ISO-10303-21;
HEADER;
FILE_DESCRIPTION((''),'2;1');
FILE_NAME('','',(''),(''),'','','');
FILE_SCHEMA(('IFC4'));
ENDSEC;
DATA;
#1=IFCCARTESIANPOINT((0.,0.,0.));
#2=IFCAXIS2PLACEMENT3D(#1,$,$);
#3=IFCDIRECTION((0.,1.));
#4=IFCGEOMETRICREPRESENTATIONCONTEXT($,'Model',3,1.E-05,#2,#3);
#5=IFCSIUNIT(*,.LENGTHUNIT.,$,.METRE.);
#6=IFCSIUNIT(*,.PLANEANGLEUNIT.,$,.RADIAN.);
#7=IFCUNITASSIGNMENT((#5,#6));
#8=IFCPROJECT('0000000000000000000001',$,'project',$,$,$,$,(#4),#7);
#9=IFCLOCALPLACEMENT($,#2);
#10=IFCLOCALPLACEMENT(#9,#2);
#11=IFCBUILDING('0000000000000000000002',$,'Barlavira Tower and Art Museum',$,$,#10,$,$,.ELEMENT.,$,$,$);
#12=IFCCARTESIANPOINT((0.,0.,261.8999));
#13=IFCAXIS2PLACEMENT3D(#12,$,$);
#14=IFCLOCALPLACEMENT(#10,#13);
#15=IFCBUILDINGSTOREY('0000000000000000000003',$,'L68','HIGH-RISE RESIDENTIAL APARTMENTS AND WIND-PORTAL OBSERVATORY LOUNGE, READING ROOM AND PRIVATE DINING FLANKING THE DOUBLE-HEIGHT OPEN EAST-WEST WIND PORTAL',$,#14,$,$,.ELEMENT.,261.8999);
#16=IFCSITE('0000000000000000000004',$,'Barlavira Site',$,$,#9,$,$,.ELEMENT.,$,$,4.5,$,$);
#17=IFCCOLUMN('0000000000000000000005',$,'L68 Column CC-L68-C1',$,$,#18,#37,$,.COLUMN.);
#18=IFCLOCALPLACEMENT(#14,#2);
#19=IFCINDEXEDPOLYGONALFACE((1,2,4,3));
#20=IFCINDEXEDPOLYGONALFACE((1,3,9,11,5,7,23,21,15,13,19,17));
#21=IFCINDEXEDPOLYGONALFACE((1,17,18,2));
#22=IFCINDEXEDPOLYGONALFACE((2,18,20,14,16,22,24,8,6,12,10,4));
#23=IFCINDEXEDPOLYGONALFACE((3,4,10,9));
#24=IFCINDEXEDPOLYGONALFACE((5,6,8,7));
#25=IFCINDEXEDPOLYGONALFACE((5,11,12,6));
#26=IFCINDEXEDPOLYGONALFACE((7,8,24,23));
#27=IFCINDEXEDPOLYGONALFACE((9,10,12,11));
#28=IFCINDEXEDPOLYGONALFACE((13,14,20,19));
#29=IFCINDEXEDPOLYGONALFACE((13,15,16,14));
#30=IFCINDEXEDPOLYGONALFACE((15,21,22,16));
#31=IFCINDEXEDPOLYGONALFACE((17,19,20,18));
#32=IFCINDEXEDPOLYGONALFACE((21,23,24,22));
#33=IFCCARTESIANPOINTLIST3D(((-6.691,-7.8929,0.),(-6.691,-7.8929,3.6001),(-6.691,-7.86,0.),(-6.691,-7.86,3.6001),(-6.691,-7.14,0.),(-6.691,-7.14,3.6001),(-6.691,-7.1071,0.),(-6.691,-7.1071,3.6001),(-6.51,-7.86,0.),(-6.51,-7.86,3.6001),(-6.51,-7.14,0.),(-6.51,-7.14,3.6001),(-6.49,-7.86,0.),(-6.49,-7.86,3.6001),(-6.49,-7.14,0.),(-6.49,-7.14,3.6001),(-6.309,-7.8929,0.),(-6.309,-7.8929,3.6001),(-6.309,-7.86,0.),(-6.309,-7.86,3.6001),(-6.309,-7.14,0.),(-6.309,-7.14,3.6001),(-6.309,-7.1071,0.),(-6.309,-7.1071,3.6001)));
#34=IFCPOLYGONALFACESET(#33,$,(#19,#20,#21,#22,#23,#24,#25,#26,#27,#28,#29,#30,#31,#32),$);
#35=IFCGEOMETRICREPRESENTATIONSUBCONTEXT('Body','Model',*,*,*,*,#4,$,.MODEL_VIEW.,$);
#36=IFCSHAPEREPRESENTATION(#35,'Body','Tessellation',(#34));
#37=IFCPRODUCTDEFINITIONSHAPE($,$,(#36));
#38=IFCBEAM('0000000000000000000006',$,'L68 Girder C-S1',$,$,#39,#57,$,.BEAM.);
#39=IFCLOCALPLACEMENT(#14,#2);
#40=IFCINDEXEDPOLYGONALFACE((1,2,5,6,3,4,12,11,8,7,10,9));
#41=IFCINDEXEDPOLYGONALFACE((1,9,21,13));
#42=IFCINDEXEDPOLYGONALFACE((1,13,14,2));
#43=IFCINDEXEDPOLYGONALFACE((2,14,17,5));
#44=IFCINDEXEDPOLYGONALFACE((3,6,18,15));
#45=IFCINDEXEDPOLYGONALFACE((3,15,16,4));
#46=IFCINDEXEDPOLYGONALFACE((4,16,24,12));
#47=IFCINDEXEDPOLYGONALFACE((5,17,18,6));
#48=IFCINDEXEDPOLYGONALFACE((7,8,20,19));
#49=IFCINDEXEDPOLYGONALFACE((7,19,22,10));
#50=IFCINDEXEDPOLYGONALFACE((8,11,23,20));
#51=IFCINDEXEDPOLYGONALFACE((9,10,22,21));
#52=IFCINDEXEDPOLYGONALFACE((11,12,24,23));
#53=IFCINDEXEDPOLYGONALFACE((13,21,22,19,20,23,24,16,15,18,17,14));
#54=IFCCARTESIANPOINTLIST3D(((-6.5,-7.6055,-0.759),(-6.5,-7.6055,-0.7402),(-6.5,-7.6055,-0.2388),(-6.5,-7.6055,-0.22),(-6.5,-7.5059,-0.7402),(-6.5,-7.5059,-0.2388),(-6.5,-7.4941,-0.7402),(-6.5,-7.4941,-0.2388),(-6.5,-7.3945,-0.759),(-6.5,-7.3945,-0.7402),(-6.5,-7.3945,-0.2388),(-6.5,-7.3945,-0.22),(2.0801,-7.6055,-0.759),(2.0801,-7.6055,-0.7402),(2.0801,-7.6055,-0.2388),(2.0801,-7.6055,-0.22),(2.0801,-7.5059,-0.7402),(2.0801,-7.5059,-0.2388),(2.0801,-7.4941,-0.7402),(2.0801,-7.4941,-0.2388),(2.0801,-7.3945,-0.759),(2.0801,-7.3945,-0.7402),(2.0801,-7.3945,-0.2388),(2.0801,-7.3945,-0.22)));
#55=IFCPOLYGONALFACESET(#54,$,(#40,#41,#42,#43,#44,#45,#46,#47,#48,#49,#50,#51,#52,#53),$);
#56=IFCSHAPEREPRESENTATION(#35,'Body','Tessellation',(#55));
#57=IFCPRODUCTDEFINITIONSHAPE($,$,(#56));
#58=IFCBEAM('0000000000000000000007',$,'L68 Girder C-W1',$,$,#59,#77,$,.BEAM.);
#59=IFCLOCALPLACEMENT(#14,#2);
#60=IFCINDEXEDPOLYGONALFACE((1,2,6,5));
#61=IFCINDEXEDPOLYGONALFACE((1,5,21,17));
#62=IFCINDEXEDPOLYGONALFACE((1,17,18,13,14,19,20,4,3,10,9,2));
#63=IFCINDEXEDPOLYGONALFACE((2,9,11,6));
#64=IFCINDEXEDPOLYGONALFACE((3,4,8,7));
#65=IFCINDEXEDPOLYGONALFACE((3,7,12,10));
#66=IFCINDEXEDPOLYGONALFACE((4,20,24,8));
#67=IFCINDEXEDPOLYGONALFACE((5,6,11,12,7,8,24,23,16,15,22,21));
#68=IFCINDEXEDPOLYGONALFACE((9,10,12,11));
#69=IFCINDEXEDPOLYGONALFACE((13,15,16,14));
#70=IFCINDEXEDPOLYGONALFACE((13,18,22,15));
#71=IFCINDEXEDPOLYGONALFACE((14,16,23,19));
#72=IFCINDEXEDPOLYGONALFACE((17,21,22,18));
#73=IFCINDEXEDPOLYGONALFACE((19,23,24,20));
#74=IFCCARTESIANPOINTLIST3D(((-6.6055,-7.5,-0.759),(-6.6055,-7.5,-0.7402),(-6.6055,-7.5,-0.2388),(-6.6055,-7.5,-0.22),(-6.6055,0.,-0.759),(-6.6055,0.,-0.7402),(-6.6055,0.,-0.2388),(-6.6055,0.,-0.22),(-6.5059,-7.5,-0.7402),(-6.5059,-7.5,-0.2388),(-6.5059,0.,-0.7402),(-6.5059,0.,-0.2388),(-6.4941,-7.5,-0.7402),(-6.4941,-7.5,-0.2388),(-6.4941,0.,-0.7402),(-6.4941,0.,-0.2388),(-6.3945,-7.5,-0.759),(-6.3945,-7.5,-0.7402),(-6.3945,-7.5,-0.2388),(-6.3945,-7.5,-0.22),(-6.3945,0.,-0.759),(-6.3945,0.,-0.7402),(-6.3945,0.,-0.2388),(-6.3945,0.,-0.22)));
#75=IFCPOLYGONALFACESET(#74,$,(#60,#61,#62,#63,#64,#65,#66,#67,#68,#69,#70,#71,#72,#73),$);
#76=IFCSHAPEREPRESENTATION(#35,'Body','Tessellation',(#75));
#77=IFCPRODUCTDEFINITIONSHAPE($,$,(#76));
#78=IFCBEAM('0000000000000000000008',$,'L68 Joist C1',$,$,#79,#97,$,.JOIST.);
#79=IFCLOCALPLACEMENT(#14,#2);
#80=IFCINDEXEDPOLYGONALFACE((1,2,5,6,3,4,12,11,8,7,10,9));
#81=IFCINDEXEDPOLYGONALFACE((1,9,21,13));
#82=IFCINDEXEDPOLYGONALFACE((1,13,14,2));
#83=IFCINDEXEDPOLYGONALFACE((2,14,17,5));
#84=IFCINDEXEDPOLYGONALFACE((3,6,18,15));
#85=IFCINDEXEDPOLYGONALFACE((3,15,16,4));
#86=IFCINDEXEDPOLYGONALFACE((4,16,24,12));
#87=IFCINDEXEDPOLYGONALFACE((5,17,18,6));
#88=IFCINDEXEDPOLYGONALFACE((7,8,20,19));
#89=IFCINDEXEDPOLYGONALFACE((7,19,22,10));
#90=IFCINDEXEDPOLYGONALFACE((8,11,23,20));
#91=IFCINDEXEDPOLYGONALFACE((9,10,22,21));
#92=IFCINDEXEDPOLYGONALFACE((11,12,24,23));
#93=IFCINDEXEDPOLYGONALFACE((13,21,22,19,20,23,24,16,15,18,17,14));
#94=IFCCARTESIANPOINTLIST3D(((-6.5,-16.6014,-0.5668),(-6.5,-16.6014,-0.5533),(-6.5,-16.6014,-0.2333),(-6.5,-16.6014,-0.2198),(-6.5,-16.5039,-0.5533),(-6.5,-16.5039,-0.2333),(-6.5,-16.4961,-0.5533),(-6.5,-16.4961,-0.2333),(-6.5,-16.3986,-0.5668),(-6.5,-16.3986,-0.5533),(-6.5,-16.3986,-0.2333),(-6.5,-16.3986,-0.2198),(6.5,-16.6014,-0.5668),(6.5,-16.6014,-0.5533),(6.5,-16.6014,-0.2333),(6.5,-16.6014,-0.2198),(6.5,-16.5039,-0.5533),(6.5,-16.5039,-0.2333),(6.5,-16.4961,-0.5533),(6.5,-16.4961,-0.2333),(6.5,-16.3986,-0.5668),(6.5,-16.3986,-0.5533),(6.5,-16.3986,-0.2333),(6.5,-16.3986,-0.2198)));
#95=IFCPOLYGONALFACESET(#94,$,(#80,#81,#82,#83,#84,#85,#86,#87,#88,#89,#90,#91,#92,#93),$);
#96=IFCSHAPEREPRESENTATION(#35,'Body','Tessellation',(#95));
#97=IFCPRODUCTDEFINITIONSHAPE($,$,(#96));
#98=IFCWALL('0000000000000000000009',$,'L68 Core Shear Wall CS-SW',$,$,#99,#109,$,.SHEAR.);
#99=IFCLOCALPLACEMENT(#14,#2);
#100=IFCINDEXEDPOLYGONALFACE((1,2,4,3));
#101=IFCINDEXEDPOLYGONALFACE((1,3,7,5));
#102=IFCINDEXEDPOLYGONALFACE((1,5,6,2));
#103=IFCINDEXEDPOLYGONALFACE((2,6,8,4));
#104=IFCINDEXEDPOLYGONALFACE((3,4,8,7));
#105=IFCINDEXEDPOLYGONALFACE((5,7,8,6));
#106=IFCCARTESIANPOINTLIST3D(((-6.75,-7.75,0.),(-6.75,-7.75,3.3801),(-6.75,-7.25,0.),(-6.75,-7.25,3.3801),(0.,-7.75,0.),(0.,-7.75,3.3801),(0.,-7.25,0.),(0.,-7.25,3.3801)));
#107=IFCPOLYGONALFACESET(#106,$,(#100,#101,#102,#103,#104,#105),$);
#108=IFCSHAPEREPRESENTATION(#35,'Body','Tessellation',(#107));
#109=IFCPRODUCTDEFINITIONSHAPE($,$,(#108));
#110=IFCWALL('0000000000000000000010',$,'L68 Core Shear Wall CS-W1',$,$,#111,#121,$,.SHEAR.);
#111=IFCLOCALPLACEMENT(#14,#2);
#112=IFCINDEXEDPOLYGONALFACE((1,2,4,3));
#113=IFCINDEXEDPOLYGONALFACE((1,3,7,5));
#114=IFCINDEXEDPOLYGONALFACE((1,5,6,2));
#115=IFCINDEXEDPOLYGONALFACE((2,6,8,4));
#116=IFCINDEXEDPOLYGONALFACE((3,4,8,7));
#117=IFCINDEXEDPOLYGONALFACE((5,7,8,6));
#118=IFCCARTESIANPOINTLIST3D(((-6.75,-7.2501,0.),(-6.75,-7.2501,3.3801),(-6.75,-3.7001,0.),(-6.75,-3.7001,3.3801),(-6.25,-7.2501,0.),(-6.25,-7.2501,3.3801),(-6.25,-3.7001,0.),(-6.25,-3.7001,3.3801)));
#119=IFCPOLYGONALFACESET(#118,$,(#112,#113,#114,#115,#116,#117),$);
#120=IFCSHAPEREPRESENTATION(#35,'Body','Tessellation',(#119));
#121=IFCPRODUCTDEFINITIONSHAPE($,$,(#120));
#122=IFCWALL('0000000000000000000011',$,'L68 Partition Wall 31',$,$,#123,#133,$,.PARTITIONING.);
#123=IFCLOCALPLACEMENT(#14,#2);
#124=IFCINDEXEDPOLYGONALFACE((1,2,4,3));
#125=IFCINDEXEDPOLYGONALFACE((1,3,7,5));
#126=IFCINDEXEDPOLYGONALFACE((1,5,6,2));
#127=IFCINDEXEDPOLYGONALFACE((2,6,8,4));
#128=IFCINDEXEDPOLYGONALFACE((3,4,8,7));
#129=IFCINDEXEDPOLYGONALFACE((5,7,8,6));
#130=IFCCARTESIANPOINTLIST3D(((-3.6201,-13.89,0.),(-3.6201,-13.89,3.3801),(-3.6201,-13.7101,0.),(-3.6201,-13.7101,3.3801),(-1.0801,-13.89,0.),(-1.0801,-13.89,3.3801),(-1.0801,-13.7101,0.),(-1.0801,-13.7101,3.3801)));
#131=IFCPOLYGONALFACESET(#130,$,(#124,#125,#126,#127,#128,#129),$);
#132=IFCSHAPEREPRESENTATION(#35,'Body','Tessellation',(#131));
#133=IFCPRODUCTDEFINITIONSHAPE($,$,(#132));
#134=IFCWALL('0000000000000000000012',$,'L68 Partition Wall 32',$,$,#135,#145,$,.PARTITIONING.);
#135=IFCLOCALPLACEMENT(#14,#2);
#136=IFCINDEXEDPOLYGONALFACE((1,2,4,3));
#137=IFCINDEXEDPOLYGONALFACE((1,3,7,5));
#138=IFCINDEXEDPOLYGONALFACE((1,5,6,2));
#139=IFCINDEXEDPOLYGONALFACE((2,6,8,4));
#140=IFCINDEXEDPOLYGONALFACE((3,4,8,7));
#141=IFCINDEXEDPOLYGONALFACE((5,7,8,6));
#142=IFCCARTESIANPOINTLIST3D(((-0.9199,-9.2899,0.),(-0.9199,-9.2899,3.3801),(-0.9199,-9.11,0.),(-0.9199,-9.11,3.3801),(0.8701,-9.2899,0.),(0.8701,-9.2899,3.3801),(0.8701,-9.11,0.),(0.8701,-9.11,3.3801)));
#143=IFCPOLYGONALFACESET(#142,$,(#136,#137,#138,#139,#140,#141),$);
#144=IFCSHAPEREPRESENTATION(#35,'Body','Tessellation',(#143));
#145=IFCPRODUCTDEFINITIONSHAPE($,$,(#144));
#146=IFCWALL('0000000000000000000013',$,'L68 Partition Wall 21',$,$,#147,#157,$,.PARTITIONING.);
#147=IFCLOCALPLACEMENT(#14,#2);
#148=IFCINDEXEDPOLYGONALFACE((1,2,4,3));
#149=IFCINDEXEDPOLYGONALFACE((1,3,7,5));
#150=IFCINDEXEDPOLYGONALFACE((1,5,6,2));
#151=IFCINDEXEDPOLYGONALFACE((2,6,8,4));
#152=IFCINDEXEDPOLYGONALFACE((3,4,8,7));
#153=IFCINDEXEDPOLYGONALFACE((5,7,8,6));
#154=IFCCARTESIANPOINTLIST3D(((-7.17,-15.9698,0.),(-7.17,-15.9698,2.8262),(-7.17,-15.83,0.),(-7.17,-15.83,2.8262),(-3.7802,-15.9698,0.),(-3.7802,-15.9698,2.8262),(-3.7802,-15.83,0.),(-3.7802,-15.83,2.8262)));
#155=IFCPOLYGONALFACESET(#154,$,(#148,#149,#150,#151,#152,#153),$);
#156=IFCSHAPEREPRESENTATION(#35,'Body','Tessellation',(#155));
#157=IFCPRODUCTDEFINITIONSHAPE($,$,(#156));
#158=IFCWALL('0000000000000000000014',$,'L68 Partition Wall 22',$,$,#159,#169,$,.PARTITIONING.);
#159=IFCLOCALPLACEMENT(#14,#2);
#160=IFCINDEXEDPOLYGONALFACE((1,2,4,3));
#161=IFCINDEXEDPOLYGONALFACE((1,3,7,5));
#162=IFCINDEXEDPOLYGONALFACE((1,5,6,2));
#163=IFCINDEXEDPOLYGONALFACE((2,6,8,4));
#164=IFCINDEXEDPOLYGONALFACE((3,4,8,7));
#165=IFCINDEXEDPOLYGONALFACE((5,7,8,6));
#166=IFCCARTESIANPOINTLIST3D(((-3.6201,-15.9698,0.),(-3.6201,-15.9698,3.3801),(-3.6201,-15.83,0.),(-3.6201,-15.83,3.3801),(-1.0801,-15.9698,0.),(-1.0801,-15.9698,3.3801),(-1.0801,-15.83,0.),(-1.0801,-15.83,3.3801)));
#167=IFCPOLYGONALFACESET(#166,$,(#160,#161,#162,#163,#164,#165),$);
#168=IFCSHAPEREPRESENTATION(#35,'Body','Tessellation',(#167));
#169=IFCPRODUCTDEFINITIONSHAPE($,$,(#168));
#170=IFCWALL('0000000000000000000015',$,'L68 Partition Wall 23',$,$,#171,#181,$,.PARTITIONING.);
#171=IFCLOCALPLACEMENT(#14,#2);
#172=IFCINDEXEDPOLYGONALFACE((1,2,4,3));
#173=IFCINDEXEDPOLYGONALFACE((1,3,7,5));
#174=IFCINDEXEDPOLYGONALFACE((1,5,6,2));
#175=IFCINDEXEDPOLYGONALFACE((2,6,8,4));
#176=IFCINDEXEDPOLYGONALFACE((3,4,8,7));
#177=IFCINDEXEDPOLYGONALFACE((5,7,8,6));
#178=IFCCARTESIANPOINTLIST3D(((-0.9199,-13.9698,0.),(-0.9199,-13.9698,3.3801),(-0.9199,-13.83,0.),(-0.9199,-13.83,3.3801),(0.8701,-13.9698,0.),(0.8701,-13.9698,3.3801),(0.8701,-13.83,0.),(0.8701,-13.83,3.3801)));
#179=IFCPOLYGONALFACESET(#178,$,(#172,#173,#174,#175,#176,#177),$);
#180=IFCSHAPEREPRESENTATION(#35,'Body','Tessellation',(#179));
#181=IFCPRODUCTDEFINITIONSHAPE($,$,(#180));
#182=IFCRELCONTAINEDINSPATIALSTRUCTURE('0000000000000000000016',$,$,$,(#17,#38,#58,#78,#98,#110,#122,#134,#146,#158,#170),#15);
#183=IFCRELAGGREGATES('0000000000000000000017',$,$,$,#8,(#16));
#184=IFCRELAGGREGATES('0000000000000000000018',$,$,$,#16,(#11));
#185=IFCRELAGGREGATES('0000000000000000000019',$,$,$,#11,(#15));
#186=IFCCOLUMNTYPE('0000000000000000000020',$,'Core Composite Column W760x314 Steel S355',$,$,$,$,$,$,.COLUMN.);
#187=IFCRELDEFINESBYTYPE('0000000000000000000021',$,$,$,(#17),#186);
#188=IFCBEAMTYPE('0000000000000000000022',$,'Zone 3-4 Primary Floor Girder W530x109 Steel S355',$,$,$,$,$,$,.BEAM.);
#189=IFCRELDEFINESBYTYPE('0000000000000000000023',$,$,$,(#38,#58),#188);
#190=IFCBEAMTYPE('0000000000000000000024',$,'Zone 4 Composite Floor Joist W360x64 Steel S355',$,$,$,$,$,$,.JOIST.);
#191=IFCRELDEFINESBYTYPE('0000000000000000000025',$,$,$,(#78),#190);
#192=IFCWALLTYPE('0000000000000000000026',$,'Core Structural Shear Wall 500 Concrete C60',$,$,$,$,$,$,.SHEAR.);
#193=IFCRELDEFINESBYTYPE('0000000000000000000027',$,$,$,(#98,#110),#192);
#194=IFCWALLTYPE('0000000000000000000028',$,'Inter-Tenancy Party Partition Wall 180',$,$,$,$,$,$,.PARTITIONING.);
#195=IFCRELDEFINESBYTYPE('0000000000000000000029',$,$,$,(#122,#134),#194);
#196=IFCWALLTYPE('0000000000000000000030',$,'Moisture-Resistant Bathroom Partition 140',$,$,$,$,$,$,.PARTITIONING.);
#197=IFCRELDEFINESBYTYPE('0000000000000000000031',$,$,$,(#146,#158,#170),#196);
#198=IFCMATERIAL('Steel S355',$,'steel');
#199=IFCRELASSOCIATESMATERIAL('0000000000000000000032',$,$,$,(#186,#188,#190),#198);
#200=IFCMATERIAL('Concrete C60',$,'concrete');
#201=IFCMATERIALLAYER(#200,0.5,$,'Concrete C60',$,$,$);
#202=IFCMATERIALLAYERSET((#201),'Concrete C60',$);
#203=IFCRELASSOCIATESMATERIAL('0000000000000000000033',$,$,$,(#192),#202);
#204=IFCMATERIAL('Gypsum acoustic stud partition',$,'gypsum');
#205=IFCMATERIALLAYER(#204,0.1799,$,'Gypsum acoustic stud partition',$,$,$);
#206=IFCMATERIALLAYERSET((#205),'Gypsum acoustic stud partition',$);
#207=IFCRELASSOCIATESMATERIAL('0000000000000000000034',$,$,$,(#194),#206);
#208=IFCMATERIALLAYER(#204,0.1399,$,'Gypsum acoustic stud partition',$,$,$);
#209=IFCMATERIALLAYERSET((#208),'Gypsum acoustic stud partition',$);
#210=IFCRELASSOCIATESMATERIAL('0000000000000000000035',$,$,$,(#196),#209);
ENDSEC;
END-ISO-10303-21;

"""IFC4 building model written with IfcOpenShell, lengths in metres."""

from ifc_helpers import new_model, si_unit, direction, frame, frame_2d, origin, origin_2d, place, context, subcontext, project, spatial, rectangle, i_section, extrude, material, layer, layer_set, material_profile, profile_set, type_object, element, save


model = new_model("IFC4")

# Units and contexts
model_context = context("Model", 3, precision=1e-05, world=origin(), true_north=direction((0.0, 1.0)))
body_context = subcontext(model_context, "Body", "Model", "MODEL_VIEW")
ifc_project = project(units=[si_unit("LENGTHUNIT", "METRE"), si_unit("PLANEANGLEUNIT", "RADIAN")], contexts=[model_context])

# Site, building, storey
site_placement = place(None, origin())
site = spatial("IfcSite", under=ifc_project, at=site_placement, Name="Barlavira Site", CompositionType="ELEMENT", RefElevation=4.5)
building_placement = place(site_placement, origin())
building = spatial("IfcBuilding", under=site, at=building_placement, Name="Barlavira Tower and Art Museum", CompositionType="ELEMENT")
storey_placement = place(building_placement, frame((0.0, 0.0, 261.8999)))
storey = spatial("IfcBuildingStorey", under=building, at=storey_placement, Name="L68", Description="HIGH-RISE RESIDENTIAL APARTMENTS AND WIND-PORTAL OBSERVATORY LOUNGE, READING ROOM AND PRIVATE DINING FLANKING THE DOUBLE-HEIGHT OPEN EAST-WEST WIND PORTAL", CompositionType="ELEMENT", Elevation=261.8999)

# Column
ifc_material_1 = material(Name="Steel S355", Category="steel")
ifc_material_profile_1 = material_profile(ifc_material_1, i_section(OverallWidth=0.3821, OverallDepth=0.7859, WebThickness=0.02, FlangeThickness=0.033, at=origin_2d()), Name="W760x314.0")
ifc_profile_set_1 = profile_set([ifc_material_profile_1], Name="Steel S355")
column_type = type_object("IfcColumnType", Name="Core Composite Column W760x314 Steel S355", PredefinedType="COLUMN", material=ifc_profile_set_1)
column_placement = place(storey_placement, frame((-6.5, -7.5, 0.0), z_axis=(0.0, 0.0, 1.0), x_axis=(1.0, 0.0, 0.0)))
element("IfcColumn", 1, at=column_placement, inside=storey, type_object=column_type, Name="L68 Column CC-L68-C1", PredefinedType="COLUMN", context=body_context, shape_type="SweptSolid", body=[
    extrude(i_section(OverallWidth=0.3821, OverallDepth=0.7859, WebThickness=0.02, FlangeThickness=0.033, at=origin_2d()), origin(), (0.0, 0.0, 1.0), 3.6001),
])

# Beams
ifc_material_profile_2 = material_profile(ifc_material_1, i_section(OverallWidth=0.2109, OverallDepth=0.5391, WebThickness=0.0117, FlangeThickness=0.0188, at=origin_2d()), Name="W530x109.0")
ifc_profile_set_2 = profile_set([ifc_material_profile_2], Name="Steel S355")
beam_type_1 = type_object("IfcBeamType", Name="Zone 3-4 Primary Floor Girder W530x109 Steel S355", PredefinedType="BEAM", material=ifc_profile_set_2)
beam_1_placement = place(storey_placement, frame((-6.5, -7.5, -0.4895), z_axis=(1.0, 0.0, 0.0), x_axis=(0.0, 1.0, 0.0)))
element("IfcBeam", 2, at=beam_1_placement, inside=storey, type_object=beam_type_1, Name="L68 Girder C-S1", PredefinedType="BEAM", context=body_context, shape_type="SweptSolid", body=[
    extrude(i_section(OverallWidth=0.2109, OverallDepth=0.5391, WebThickness=0.0117, FlangeThickness=0.0188, at=origin_2d()), origin(), (0.0, 0.0, 1.0), 8.5801),
])
beam_2_placement = place(storey_placement, frame((-6.5, -7.5, -0.4895), z_axis=(0.0, 1.0, 0.0), x_axis=(-1.0, 0.0, 0.0)))
element("IfcBeam", 3, at=beam_2_placement, inside=storey, type_object=beam_type_1, Name="L68 Girder C-W1", PredefinedType="BEAM", context=body_context, shape_type="SweptSolid", body=[
    extrude(i_section(OverallWidth=0.2109, OverallDepth=0.5391, WebThickness=0.0117, FlangeThickness=0.0188, at=origin_2d()), origin(), (0.0, 0.0, 1.0), 7.5),
])
ifc_material_profile_3 = material_profile(ifc_material_1, i_section(OverallWidth=0.2029, OverallDepth=0.3469, WebThickness=0.0078, FlangeThickness=0.0134, at=origin_2d()), Name="W360x64.0")
ifc_profile_set_3 = profile_set([ifc_material_profile_3], Name="Steel S355")
beam_type_2 = type_object("IfcBeamType", Name="Zone 4 Composite Floor Joist W360x64 Steel S355", PredefinedType="JOIST", material=ifc_profile_set_3)
beam_3_placement = place(storey_placement, frame((-6.5, -16.5, -0.3933), z_axis=(1.0, 0.0, 0.0), x_axis=(0.0, 1.0, 0.0)))
element("IfcBeam", 4, at=beam_3_placement, inside=storey, type_object=beam_type_2, Name="L68 Joist C1", PredefinedType="JOIST", context=body_context, shape_type="SweptSolid", body=[
    extrude(i_section(OverallWidth=0.2029, OverallDepth=0.3469, WebThickness=0.0078, FlangeThickness=0.0134, at=origin_2d()), origin(), (0.0, 0.0, 1.0), 13.0),
])

# Walls
ifc_material_2 = material(Name="Concrete C60", Category="concrete")
ifc_layer_1 = layer(ifc_material_2, 0.5, Name="Concrete C60")
ifc_layer_set_1 = layer_set([ifc_layer_1], Name="Concrete C60")
wall_type_1 = type_object("IfcWallType", Name="Core Structural Shear Wall 500 Concrete C60", PredefinedType="SHEAR", material=ifc_layer_set_1)
wall_1_placement = place(storey_placement, frame((-6.75, -7.5, 0.0), z_axis=(0.0, 0.0, 1.0), x_axis=(1.0, 0.0, 0.0)))
element("IfcWall", 5, at=wall_1_placement, inside=storey, type_object=wall_type_1, Name="L68 Core Shear Wall CS-SW", PredefinedType="SHEAR", context=body_context, shape_type="SweptSolid", body=[
    extrude(rectangle(XDim=6.75, YDim=0.5, at=frame_2d((3.375, 0.0))), origin(), (0.0, 0.0, 1.0), 3.3801),
])
wall_2_placement = place(storey_placement, frame((-6.5, -7.25, 0.0), z_axis=(0.0, 0.0, 1.0), x_axis=(0.0, 1.0, 0.0)))
element("IfcWall", 6, at=wall_2_placement, inside=storey, type_object=wall_type_1, Name="L68 Core Shear Wall CS-W1", PredefinedType="SHEAR", context=body_context, shape_type="SweptSolid", body=[
    extrude(rectangle(XDim=3.55, YDim=0.5, at=frame_2d((1.7749, 0.0))), origin(), (0.0, 0.0, 1.0), 3.3801),
])

# Shared definitions
ifc_material_3 = material(Name="Gypsum acoustic stud partition", Category="gypsum")
ifc_layer_2 = layer(ifc_material_3, 0.1799, Name="Gypsum acoustic stud partition")
ifc_layer_set_2 = layer_set([ifc_layer_2], Name="Gypsum acoustic stud partition")
wall_type_2 = type_object("IfcWallType", Name="Inter-Tenancy Party Partition Wall 180", PredefinedType="PARTITIONING", material=ifc_layer_set_2)

# Walls
wall_3_placement = place(storey_placement, frame((-3.6201, -13.8, 0.0), z_axis=(0.0, 0.0, 1.0), x_axis=(1.0, 0.0, 0.0)))
element("IfcWall", 7, at=wall_3_placement, inside=storey, type_object=wall_type_2, Name="L68 Partition Wall 31", PredefinedType="PARTITIONING", context=body_context, shape_type="SweptSolid", body=[
    extrude(rectangle(XDim=2.54, YDim=0.1799, at=frame_2d((1.27, 0.0))), origin(), (0.0, 0.0, 1.0), 3.3801),
])
wall_4_placement = place(storey_placement, frame((-0.9199, -9.2, 0.0), z_axis=(0.0, 0.0, 1.0), x_axis=(1.0, 0.0, 0.0)))
element("IfcWall", 8, at=wall_4_placement, inside=storey, type_object=wall_type_2, Name="L68 Partition Wall 32", PredefinedType="PARTITIONING", context=body_context, shape_type="SweptSolid", body=[
    extrude(rectangle(XDim=1.79, YDim=0.1799, at=frame_2d((0.895, 0.0))), origin(), (0.0, 0.0, 1.0), 3.3801),
])
ifc_layer_3 = layer(ifc_material_3, 0.1399, Name="Gypsum acoustic stud partition")
ifc_layer_set_3 = layer_set([ifc_layer_3], Name="Gypsum acoustic stud partition")
wall_type_3 = type_object("IfcWallType", Name="Moisture-Resistant Bathroom Partition 140", PredefinedType="PARTITIONING", material=ifc_layer_set_3)
wall_5_placement = place(storey_placement, frame((-7.1699, -15.8999, 0.0), z_axis=(0.0, 0.0, 1.0), x_axis=(1.0, 0.0, 0.0)))
element("IfcWall", 9, at=wall_5_placement, inside=storey, type_object=wall_type_3, Name="L68 Partition Wall 21", PredefinedType="PARTITIONING", context=body_context, shape_type="SweptSolid", body=[
    extrude(rectangle(XDim=3.3899, YDim=0.1399, at=frame_2d((1.6948, 0.0))), origin(), (0.0, 0.0, 1.0), 2.8262),
])
wall_6_placement = place(storey_placement, frame((-3.6201, -15.8999, 0.0), z_axis=(0.0, 0.0, 1.0), x_axis=(1.0, 0.0, 0.0)))
element("IfcWall", 10, at=wall_6_placement, inside=storey, type_object=wall_type_3, Name="L68 Partition Wall 22", PredefinedType="PARTITIONING", context=body_context, shape_type="SweptSolid", body=[
    extrude(rectangle(XDim=2.54, YDim=0.1399, at=frame_2d((1.27, 0.0))), origin(), (0.0, 0.0, 1.0), 3.3801),
])
wall_7_placement = place(storey_placement, frame((-0.9199, -13.8999, 0.0), z_axis=(0.0, 0.0, 1.0), x_axis=(1.0, 0.0, 0.0)))
element("IfcWall", 11, at=wall_7_placement, inside=storey, type_object=wall_type_3, Name="L68 Partition Wall 23", PredefinedType="PARTITIONING", context=body_context, shape_type="SweptSolid", body=[
    extrude(rectangle(XDim=1.79, YDim=0.1399, at=frame_2d((0.895, 0.0))), origin(), (0.0, 0.0, 1.0), 3.3801),
])

save(model, "model.ifc")
